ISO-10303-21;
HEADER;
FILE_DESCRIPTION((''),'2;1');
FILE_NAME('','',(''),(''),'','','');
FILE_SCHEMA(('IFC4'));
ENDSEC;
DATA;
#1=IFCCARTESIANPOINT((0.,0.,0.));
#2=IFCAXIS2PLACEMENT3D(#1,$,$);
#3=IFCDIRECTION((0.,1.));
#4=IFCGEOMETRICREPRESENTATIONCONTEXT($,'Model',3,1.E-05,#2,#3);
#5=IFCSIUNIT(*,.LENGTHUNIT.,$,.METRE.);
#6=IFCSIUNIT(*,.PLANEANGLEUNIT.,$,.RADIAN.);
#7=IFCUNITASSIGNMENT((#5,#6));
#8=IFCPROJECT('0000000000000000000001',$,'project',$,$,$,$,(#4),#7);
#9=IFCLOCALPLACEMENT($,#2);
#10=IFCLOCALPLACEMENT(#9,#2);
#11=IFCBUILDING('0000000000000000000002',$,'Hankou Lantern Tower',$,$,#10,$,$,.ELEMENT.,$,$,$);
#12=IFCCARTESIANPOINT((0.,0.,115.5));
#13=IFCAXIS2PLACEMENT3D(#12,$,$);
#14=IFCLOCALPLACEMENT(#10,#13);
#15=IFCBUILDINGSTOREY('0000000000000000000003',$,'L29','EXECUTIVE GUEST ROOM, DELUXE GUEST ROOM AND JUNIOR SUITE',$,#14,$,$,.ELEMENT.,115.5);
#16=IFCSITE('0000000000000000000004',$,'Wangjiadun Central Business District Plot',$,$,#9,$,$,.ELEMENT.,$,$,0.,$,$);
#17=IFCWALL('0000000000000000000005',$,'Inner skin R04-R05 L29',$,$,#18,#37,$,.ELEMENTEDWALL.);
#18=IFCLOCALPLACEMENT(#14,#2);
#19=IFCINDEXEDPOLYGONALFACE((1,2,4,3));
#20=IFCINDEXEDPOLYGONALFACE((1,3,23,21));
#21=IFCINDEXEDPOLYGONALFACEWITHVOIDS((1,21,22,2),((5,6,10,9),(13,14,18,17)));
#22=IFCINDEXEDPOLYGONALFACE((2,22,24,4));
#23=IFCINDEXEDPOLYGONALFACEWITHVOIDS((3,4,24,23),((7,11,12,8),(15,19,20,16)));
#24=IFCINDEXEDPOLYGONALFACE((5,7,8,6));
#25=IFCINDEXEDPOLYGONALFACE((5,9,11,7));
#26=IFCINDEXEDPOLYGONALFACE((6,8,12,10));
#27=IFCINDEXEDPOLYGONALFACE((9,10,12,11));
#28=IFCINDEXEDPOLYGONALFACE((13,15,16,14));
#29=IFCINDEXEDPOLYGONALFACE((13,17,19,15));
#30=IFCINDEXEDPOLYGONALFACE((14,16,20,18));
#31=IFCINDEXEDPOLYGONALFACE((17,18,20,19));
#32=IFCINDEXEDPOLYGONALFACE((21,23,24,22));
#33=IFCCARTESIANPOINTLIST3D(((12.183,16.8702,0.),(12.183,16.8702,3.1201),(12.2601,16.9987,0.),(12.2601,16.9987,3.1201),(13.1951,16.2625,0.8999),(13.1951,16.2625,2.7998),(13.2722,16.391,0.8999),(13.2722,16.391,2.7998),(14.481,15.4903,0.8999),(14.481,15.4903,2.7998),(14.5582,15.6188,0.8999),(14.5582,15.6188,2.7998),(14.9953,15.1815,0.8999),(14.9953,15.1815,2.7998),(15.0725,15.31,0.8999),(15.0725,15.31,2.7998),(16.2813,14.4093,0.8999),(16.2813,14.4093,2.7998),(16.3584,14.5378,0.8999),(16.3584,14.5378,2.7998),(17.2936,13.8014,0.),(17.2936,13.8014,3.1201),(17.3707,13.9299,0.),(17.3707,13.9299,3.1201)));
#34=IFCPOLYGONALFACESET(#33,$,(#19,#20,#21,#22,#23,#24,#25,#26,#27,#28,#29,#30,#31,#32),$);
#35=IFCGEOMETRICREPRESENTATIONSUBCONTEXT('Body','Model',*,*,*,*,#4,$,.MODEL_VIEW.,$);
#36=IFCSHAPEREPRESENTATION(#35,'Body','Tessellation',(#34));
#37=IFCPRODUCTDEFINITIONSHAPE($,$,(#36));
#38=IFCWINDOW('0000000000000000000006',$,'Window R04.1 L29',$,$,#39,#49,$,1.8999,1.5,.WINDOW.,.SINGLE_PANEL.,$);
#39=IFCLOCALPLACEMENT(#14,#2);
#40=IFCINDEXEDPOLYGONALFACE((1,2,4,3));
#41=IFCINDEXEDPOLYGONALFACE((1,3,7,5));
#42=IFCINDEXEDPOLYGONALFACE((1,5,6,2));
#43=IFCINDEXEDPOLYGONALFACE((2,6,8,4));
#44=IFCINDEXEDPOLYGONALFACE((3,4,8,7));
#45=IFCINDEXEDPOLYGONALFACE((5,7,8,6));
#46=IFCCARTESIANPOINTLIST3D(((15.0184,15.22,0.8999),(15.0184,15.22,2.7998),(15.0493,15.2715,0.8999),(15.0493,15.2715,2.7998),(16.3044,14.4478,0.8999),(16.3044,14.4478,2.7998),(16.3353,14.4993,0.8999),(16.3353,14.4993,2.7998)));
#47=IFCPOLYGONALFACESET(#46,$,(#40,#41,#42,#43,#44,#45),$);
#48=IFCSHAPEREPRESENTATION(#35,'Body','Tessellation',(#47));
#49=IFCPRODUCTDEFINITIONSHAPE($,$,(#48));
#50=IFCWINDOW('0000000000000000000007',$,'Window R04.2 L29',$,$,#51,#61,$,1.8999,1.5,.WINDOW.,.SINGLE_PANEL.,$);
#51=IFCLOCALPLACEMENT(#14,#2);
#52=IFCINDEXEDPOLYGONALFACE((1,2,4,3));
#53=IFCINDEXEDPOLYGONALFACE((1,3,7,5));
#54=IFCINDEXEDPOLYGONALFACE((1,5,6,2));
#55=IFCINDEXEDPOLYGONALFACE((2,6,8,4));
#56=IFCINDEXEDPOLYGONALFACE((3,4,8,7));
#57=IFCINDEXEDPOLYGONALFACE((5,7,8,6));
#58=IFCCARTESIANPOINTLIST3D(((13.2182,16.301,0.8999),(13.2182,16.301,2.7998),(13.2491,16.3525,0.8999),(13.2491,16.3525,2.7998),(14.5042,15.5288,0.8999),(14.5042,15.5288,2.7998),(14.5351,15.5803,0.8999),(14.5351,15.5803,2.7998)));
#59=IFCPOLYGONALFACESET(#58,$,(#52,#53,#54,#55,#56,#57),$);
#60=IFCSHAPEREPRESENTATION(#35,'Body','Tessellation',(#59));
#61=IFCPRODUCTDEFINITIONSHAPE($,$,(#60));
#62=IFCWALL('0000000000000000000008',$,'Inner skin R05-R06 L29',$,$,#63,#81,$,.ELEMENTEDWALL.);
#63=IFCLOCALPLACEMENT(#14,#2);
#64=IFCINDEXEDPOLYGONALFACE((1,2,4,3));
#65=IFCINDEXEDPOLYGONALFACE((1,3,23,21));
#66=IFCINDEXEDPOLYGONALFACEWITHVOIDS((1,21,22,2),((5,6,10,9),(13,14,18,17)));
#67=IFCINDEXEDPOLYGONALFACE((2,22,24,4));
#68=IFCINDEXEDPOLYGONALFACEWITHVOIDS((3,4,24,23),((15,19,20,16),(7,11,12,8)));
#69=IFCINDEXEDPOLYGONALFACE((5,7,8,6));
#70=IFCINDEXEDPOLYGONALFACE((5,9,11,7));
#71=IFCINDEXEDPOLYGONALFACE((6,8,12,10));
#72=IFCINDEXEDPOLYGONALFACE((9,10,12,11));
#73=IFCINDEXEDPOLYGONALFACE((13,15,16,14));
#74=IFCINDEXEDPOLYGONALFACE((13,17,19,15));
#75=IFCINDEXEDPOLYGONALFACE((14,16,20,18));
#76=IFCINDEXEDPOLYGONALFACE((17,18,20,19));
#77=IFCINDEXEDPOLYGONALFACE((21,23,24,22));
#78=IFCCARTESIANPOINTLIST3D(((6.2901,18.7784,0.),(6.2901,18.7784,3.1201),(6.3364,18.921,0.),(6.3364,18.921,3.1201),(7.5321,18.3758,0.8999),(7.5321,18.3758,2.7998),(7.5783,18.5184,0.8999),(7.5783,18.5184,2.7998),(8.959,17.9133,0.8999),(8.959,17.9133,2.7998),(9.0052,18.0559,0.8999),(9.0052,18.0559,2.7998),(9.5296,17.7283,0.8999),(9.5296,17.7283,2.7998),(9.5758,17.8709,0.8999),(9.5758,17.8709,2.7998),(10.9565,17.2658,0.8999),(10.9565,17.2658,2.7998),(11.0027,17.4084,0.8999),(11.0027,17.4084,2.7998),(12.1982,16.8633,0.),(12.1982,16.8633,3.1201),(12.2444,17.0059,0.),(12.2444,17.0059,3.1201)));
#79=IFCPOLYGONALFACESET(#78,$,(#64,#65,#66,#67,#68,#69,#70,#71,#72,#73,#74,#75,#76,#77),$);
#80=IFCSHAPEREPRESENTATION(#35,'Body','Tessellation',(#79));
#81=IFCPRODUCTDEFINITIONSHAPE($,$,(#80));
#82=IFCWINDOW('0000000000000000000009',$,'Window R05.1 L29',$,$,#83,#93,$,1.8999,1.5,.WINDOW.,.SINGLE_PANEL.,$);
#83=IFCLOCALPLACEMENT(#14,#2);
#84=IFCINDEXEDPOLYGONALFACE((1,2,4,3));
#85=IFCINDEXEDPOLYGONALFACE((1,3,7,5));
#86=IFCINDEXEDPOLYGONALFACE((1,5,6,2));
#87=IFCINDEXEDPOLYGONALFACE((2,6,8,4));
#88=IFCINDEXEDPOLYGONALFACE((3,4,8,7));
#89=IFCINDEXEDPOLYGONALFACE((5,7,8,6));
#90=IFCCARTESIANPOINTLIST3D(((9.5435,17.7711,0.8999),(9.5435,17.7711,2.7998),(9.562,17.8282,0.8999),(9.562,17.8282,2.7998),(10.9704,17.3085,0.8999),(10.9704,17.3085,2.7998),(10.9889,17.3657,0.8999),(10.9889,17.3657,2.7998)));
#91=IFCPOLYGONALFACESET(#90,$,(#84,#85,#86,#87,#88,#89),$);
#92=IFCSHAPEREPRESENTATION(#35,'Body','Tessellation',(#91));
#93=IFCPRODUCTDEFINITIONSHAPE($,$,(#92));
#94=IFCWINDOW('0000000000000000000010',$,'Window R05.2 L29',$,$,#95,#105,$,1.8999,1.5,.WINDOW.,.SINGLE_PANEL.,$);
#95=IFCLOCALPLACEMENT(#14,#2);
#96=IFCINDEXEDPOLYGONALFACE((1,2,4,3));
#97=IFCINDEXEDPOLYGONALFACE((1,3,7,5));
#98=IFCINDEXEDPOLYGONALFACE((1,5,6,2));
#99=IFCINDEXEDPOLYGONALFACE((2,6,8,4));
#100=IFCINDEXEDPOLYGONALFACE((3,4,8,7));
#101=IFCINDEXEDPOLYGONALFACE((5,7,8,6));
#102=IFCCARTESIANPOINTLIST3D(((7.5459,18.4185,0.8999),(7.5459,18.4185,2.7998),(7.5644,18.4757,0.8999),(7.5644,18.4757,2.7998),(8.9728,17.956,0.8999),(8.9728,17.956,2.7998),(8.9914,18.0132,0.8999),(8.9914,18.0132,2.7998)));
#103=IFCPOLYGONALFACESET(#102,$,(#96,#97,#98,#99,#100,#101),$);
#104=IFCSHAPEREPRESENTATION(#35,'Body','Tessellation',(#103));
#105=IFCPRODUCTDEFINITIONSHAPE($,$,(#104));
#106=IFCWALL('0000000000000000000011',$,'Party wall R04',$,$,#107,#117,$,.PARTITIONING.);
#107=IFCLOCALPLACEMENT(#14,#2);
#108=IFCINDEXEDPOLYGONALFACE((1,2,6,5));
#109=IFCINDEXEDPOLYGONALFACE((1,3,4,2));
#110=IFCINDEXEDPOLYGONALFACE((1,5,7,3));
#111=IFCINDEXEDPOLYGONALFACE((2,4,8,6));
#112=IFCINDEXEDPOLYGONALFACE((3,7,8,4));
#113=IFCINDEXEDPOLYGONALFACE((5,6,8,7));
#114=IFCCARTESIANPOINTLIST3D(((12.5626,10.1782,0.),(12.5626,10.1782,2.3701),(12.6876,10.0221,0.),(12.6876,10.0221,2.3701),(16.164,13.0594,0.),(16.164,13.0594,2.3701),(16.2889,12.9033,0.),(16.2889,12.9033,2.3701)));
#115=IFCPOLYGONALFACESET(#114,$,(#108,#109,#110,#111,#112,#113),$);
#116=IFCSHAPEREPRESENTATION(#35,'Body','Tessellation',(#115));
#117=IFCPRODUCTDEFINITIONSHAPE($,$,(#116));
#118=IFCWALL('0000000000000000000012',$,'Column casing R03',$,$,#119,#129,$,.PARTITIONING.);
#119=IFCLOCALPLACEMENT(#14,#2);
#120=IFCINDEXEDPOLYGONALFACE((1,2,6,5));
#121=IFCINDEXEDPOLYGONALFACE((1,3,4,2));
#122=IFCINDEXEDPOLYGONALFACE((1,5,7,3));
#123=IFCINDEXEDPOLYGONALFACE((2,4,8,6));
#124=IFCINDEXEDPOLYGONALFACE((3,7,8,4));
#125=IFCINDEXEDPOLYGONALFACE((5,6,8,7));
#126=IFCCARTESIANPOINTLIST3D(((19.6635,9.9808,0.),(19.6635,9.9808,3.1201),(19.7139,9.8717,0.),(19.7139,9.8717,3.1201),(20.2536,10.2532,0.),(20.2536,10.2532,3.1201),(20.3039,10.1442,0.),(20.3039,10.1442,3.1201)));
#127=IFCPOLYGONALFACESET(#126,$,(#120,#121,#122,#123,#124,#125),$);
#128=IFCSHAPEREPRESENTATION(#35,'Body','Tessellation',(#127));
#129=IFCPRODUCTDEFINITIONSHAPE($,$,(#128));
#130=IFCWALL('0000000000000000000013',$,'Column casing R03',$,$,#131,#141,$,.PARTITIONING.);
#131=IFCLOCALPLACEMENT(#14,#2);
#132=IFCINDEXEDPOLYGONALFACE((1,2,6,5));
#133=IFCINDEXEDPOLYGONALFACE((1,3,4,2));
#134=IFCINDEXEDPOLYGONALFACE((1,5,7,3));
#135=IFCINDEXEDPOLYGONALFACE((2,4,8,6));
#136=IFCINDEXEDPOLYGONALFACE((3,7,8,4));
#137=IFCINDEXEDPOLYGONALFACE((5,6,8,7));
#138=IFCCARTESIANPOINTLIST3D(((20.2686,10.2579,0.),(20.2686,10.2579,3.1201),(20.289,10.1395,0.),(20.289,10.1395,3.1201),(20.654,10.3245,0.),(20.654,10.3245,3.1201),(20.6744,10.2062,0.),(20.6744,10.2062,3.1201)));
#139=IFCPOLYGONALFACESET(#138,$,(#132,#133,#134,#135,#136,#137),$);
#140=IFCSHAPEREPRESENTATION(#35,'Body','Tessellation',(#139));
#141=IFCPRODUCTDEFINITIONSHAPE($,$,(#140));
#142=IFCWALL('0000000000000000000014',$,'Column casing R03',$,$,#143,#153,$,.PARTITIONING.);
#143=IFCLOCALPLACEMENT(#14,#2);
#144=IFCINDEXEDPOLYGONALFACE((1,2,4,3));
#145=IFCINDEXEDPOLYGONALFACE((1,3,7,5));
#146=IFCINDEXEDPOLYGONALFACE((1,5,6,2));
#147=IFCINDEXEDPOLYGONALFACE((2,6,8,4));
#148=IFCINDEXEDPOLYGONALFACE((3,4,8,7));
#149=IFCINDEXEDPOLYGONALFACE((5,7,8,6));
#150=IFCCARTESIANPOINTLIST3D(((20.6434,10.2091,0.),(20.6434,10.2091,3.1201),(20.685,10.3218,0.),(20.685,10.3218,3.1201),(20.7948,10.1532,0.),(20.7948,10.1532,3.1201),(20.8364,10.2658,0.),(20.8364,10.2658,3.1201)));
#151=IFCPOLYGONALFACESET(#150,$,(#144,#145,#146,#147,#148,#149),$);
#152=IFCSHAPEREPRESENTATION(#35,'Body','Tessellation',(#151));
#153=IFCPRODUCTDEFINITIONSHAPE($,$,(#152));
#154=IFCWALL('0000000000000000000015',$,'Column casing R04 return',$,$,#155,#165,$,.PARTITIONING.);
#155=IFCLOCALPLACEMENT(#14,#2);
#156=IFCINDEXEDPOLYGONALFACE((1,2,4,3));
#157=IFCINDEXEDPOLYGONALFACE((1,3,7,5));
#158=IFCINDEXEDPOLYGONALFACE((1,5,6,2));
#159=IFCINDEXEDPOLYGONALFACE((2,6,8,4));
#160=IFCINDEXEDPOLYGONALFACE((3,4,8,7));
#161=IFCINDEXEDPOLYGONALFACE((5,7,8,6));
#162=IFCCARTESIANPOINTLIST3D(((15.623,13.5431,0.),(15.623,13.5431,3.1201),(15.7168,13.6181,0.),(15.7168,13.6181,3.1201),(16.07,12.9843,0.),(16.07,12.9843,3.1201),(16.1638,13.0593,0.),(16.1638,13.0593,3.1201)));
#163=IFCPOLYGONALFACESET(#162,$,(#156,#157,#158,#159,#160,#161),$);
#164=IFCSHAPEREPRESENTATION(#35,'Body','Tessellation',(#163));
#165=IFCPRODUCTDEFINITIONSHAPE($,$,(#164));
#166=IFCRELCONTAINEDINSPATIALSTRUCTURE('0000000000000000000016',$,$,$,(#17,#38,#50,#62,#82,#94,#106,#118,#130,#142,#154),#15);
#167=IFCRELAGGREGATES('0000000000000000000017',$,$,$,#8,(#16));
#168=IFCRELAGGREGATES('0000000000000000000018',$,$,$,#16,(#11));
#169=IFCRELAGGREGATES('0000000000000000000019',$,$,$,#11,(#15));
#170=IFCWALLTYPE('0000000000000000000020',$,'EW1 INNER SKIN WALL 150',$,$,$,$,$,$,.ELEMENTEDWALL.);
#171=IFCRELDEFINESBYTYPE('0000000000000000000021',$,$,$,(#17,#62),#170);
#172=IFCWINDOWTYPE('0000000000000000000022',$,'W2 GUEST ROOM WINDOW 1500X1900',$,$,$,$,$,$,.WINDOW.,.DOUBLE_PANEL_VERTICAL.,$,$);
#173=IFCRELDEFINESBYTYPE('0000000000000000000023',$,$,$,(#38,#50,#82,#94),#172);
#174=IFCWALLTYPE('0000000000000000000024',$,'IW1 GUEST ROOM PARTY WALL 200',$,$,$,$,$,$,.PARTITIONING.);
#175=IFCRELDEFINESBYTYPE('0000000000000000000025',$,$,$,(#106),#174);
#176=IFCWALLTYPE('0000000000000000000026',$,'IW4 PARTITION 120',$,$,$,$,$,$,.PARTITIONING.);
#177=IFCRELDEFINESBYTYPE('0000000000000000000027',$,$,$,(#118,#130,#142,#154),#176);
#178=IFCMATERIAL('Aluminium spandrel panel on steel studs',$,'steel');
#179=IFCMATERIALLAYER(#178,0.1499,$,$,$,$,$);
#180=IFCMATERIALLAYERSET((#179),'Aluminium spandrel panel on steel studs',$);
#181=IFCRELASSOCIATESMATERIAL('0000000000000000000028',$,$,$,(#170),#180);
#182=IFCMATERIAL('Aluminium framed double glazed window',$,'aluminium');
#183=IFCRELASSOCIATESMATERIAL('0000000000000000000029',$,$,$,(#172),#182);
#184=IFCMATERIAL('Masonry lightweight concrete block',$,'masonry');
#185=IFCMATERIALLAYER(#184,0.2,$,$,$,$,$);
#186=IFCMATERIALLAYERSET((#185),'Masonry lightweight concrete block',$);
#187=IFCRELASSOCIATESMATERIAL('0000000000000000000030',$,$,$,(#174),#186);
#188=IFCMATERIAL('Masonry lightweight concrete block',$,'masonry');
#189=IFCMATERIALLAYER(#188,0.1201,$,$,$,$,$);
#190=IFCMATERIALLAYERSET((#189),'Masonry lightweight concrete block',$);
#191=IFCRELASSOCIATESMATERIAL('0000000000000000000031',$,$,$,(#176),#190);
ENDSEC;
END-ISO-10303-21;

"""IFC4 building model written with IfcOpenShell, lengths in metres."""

from ifc_helpers import new_model, si_unit, direction, frame, frame_2d, origin, place, context, subcontext, project, spatial, rectangle, extrude, material, layer, layer_set, type_object, element, fill, save


model = new_model("IFC4")

# Units and contexts
model_context = context("Model", 3, precision=1e-05, world=origin(), true_north=direction((0.0, 1.0)))
body_context = subcontext(model_context, "Body", "Model", "MODEL_VIEW")
ifc_project = project(units=[si_unit("LENGTHUNIT", "METRE"), si_unit("PLANEANGLEUNIT", "RADIAN")], contexts=[model_context])

# Site, building, storey
site_placement = place(None, origin())
site = spatial("IfcSite", under=ifc_project, at=site_placement, Name="Wangjiadun Central Business District Plot", CompositionType="ELEMENT", RefElevation=0.0)
building_placement = place(site_placement, origin())
building = spatial("IfcBuilding", under=site, at=building_placement, Name="Hankou Lantern Tower", CompositionType="ELEMENT")
storey_placement = place(building_placement, frame((0.0, 0.0, 115.5)))
storey = spatial("IfcBuildingStorey", under=building, at=storey_placement, Name="L29", Description="EXECUTIVE GUEST ROOM, DELUXE GUEST ROOM AND JUNIOR SUITE", CompositionType="ELEMENT", Elevation=115.5)

# Walls, openings, windows
ifc_material_1 = material(Name="Aluminium spandrel panel on steel studs", Category="steel")
ifc_layer_1 = layer(ifc_material_1, 0.1499)
ifc_layer_set_1 = layer_set([ifc_layer_1], Name="Aluminium spandrel panel on steel studs")
wall_type_1 = type_object("IfcWallType", Name="EW1 INNER SKIN WALL 150", PredefinedType="ELEMENTEDWALL", material=ifc_layer_set_1)
ifc_material_2 = material(Name="Aluminium framed double glazed window", Category="aluminium")
window_type = type_object("IfcWindowType", Name="W2 GUEST ROOM WINDOW 1500X1900", PartitioningType="DOUBLE_PANEL_VERTICAL", PredefinedType="WINDOW", material=ifc_material_2)
wall_1_placement = place(storey_placement, frame((17.332, 13.8657, 0.0), z_axis=(0.0, 0.0, 1.0), x_axis=(-0.857309, 0.514803, 0.0)))
wall_1 = element("IfcWall", 1, at=wall_1_placement, inside=storey, type_object=wall_type_1, Name="Inner skin R04-R05 L29", PredefinedType="ELEMENTEDWALL", context=body_context, shape_type="SweptSolid", body=[
    extrude(rectangle(XDim=5.9612, YDim=0.1499, at=frame_2d((2.9805, 0.0))), origin(), (0.0, 0.0, 1.0), 3.1201),
])
opening_1_placement = place(wall_1_placement, frame((1.1807, 0.0, 0.8999)))
opening_1 = element("IfcOpeningElement", 2, at=opening_1_placement, cuts=wall_1, PredefinedType="OPENING", context=body_context, shape_type="SweptSolid", body=[
    extrude(rectangle(XDim=1.5, YDim=1.8999, at=frame_2d((0.75, 0.95))), frame((0.0, 0.085, 0.0), z_axis=(0.0, -1.0, 0.0), x_axis=(1.0, 0.0, 0.0)), (0.0, 0.0, 1.0), 0.1699),
])
opening_2_placement = place(wall_1_placement, frame((3.2805, 0.0, 0.8999)))
opening_2 = element("IfcOpeningElement", 3, at=opening_2_placement, cuts=wall_1, PredefinedType="OPENING", context=body_context, shape_type="SweptSolid", body=[
    extrude(rectangle(XDim=1.5, YDim=1.8999, at=frame_2d((0.75, 0.95))), frame((0.0, 0.085, 0.0), z_axis=(0.0, -1.0, 0.0), x_axis=(1.0, 0.0, 0.0)), (0.0, 0.0, 1.0), 0.1699),
])
window_1_placement = place(opening_1_placement, origin())
window_1 = element("IfcWindow", 4, at=window_1_placement, inside=storey, type_object=window_type, Name="Window R04.1 L29", OverallHeight=1.8999, OverallWidth=1.5, PartitioningType="SINGLE_PANEL", PredefinedType="WINDOW", context=body_context, shape_type="SweptSolid", body=[
    extrude(rectangle(XDim=1.5, YDim=1.8999, at=frame_2d((0.75, 0.95))), frame((0.0, 0.03, 0.0), z_axis=(0.0, -1.0, 0.0), x_axis=(1.0, 0.0, 0.0)), (0.0, 0.0, 1.0), 0.0601),
])
fill(opening_1, window_1)
window_2_placement = place(opening_2_placement, origin())
window_2 = element("IfcWindow", 5, at=window_2_placement, inside=storey, type_object=window_type, Name="Window R04.2 L29", OverallHeight=1.8999, OverallWidth=1.5, PartitioningType="SINGLE_PANEL", PredefinedType="WINDOW", context=body_context, shape_type="SweptSolid", body=[
    extrude(rectangle(XDim=1.5, YDim=1.8999, at=frame_2d((0.75, 0.95))), frame((0.0, 0.03, 0.0), z_axis=(0.0, -1.0, 0.0), x_axis=(1.0, 0.0, 0.0)), (0.0, 0.0, 1.0), 0.0601),
])
fill(opening_2, window_2)
wall_2_placement = place(storey_placement, frame((12.2214, 16.9346, 0.0), z_axis=(0.0, 0.0, 1.0), x_axis=(-0.951273, 0.308351, 0.0)))
wall_2 = element("IfcWall", 6, at=wall_2_placement, inside=storey, type_object=wall_type_1, Name="Inner skin R05-R06 L29", PredefinedType="ELEMENTEDWALL", context=body_context, shape_type="SweptSolid", body=[
    extrude(rectangle(XDim=6.2107, YDim=0.1499, at=frame_2d((3.1055, 0.0))), origin(), (0.0, 0.0, 1.0), 3.1201),
])
opening_3_placement = place(wall_2_placement, frame((1.3054, 0.0, 0.8999)))
opening_3 = element("IfcOpeningElement", 7, at=opening_3_placement, cuts=wall_2, PredefinedType="OPENING", context=body_context, shape_type="SweptSolid", body=[
    extrude(rectangle(XDim=1.5, YDim=1.8999, at=frame_2d((0.75, 0.95))), frame((0.0, 0.085, 0.0), z_axis=(0.0, -1.0, 0.0), x_axis=(1.0, 0.0, 0.0)), (0.0, 0.0, 1.0), 0.1699),
])
opening_4_placement = place(wall_2_placement, frame((3.4053, 0.0, 0.8999)))
opening_4 = element("IfcOpeningElement", 8, at=opening_4_placement, cuts=wall_2, PredefinedType="OPENING", context=body_context, shape_type="SweptSolid", body=[
    extrude(rectangle(XDim=1.5, YDim=1.8999, at=frame_2d((0.75, 0.95))), frame((0.0, 0.085, 0.0), z_axis=(0.0, -1.0, 0.0), x_axis=(1.0, 0.0, 0.0)), (0.0, 0.0, 1.0), 0.1699),
])
window_3_placement = place(opening_3_placement, origin())
window_3 = element("IfcWindow", 9, at=window_3_placement, inside=storey, type_object=window_type, Name="Window R05.1 L29", OverallHeight=1.8999, OverallWidth=1.5, PartitioningType="SINGLE_PANEL", PredefinedType="WINDOW", context=body_context, shape_type="SweptSolid", body=[
    extrude(rectangle(XDim=1.5, YDim=1.8999, at=frame_2d((0.75, 0.95))), frame((0.0, 0.03, 0.0), z_axis=(0.0, -1.0, 0.0), x_axis=(1.0, 0.0, 0.0)), (0.0, 0.0, 1.0), 0.0601),
])
fill(opening_3, window_3)
window_4_placement = place(opening_4_placement, origin())
window_4 = element("IfcWindow", 10, at=window_4_placement, inside=storey, type_object=window_type, Name="Window R05.2 L29", OverallHeight=1.8999, OverallWidth=1.5, PartitioningType="SINGLE_PANEL", PredefinedType="WINDOW", context=body_context, shape_type="SweptSolid", body=[
    extrude(rectangle(XDim=1.5, YDim=1.8999, at=frame_2d((0.75, 0.95))), frame((0.0, 0.03, 0.0), z_axis=(0.0, -1.0, 0.0), x_axis=(1.0, 0.0, 0.0)), (0.0, 0.0, 1.0), 0.0601),
])
fill(opening_4, window_4)

# Walls
ifc_material_3 = material(Name="Masonry lightweight concrete block", Category="masonry")
ifc_layer_2 = layer(ifc_material_3, 0.2)
ifc_layer_set_2 = layer_set([ifc_layer_2], Name="Masonry lightweight concrete block")
wall_type_2 = type_object("IfcWallType", Name="IW1 GUEST ROOM PARTY WALL 200", PredefinedType="PARTITIONING", material=ifc_layer_set_2)
wall_3_placement = place(storey_placement, frame((12.625, 10.1001, 0.0), z_axis=(0.0, 0.0, 1.0), x_axis=(0.780864, 0.624702, 0.0)))
element("IfcWall", 11, at=wall_3_placement, inside=storey, type_object=wall_type_2, Name="Party wall R04", PredefinedType="PARTITIONING", context=body_context, shape_type="SweptSolid", body=[
    extrude(rectangle(XDim=4.6121, YDim=0.2, at=frame_2d((2.3062, 0.0))), origin(), (0.0, 0.0, 1.0), 2.3701),
])
ifc_material_4 = material(Name="Masonry lightweight concrete block", Category="masonry")
ifc_layer_3 = layer(ifc_material_4, 0.1201)
ifc_layer_set_3 = layer_set([ifc_layer_3], Name="Masonry lightweight concrete block")
wall_type_3 = type_object("IfcWallType", Name="IW4 PARTITION 120", PredefinedType="PARTITIONING", material=ifc_layer_set_3)
wall_4_placement = place(storey_placement, frame((19.6887, 9.9263, 0.0), z_axis=(0.0, 0.0, 1.0), x_axis=(0.907893, 0.419201, 0.0)))
element("IfcWall", 12, at=wall_4_placement, inside=storey, type_object=wall_type_3, Name="Column casing R03", PredefinedType="PARTITIONING", context=body_context, shape_type="SweptSolid", body=[
    extrude(rectangle(XDim=0.6499, YDim=0.1201, at=frame_2d((0.325, 0.0))), origin(), (0.0, 0.0, 1.0), 3.1201),
])
wall_5_placement = place(storey_placement, frame((20.2788, 10.1987, 0.0), z_axis=(0.0, 0.0, 1.0), x_axis=(0.985381, 0.170367, 0.0)))
element("IfcWall", 13, at=wall_5_placement, inside=storey, type_object=wall_type_3, Name="Column casing R03", PredefinedType="PARTITIONING", context=body_context, shape_type="SweptSolid", body=[
    extrude(rectangle(XDim=0.3911, YDim=0.1201, at=frame_2d((0.1956, 0.0))), origin(), (0.0, 0.0, 1.0), 3.1201),
])
wall_6_placement = place(storey_placement, frame((20.6643, 10.2654, 0.0), z_axis=(0.0, 0.0, 1.0), x_axis=(0.938059, -0.346477, 0.0)))
element("IfcWall", 14, at=wall_6_placement, inside=storey, type_object=wall_type_3, Name="Column casing R03", PredefinedType="PARTITIONING", context=body_context, shape_type="SweptSolid", body=[
    extrude(rectangle(XDim=0.1614, YDim=0.1201, at=frame_2d((0.0806, 0.0))), origin(), (0.0, 0.0, 1.0), 3.1201),
])
wall_7_placement = place(storey_placement, frame((16.1169, 13.0217, 0.0), z_axis=(0.0, 0.0, 1.0), x_axis=(-0.624653, 0.780902, 0.0)))
element("IfcWall", 15, at=wall_7_placement, inside=storey, type_object=wall_type_3, Name="Column casing R04 return", PredefinedType="PARTITIONING", context=body_context, shape_type="SweptSolid", body=[
    extrude(rectangle(XDim=0.7156, YDim=0.1201, at=frame_2d((0.3579, 0.0))), origin(), (0.0, 0.0, 1.0), 3.1201),
])

save(model, "model.ifc")
